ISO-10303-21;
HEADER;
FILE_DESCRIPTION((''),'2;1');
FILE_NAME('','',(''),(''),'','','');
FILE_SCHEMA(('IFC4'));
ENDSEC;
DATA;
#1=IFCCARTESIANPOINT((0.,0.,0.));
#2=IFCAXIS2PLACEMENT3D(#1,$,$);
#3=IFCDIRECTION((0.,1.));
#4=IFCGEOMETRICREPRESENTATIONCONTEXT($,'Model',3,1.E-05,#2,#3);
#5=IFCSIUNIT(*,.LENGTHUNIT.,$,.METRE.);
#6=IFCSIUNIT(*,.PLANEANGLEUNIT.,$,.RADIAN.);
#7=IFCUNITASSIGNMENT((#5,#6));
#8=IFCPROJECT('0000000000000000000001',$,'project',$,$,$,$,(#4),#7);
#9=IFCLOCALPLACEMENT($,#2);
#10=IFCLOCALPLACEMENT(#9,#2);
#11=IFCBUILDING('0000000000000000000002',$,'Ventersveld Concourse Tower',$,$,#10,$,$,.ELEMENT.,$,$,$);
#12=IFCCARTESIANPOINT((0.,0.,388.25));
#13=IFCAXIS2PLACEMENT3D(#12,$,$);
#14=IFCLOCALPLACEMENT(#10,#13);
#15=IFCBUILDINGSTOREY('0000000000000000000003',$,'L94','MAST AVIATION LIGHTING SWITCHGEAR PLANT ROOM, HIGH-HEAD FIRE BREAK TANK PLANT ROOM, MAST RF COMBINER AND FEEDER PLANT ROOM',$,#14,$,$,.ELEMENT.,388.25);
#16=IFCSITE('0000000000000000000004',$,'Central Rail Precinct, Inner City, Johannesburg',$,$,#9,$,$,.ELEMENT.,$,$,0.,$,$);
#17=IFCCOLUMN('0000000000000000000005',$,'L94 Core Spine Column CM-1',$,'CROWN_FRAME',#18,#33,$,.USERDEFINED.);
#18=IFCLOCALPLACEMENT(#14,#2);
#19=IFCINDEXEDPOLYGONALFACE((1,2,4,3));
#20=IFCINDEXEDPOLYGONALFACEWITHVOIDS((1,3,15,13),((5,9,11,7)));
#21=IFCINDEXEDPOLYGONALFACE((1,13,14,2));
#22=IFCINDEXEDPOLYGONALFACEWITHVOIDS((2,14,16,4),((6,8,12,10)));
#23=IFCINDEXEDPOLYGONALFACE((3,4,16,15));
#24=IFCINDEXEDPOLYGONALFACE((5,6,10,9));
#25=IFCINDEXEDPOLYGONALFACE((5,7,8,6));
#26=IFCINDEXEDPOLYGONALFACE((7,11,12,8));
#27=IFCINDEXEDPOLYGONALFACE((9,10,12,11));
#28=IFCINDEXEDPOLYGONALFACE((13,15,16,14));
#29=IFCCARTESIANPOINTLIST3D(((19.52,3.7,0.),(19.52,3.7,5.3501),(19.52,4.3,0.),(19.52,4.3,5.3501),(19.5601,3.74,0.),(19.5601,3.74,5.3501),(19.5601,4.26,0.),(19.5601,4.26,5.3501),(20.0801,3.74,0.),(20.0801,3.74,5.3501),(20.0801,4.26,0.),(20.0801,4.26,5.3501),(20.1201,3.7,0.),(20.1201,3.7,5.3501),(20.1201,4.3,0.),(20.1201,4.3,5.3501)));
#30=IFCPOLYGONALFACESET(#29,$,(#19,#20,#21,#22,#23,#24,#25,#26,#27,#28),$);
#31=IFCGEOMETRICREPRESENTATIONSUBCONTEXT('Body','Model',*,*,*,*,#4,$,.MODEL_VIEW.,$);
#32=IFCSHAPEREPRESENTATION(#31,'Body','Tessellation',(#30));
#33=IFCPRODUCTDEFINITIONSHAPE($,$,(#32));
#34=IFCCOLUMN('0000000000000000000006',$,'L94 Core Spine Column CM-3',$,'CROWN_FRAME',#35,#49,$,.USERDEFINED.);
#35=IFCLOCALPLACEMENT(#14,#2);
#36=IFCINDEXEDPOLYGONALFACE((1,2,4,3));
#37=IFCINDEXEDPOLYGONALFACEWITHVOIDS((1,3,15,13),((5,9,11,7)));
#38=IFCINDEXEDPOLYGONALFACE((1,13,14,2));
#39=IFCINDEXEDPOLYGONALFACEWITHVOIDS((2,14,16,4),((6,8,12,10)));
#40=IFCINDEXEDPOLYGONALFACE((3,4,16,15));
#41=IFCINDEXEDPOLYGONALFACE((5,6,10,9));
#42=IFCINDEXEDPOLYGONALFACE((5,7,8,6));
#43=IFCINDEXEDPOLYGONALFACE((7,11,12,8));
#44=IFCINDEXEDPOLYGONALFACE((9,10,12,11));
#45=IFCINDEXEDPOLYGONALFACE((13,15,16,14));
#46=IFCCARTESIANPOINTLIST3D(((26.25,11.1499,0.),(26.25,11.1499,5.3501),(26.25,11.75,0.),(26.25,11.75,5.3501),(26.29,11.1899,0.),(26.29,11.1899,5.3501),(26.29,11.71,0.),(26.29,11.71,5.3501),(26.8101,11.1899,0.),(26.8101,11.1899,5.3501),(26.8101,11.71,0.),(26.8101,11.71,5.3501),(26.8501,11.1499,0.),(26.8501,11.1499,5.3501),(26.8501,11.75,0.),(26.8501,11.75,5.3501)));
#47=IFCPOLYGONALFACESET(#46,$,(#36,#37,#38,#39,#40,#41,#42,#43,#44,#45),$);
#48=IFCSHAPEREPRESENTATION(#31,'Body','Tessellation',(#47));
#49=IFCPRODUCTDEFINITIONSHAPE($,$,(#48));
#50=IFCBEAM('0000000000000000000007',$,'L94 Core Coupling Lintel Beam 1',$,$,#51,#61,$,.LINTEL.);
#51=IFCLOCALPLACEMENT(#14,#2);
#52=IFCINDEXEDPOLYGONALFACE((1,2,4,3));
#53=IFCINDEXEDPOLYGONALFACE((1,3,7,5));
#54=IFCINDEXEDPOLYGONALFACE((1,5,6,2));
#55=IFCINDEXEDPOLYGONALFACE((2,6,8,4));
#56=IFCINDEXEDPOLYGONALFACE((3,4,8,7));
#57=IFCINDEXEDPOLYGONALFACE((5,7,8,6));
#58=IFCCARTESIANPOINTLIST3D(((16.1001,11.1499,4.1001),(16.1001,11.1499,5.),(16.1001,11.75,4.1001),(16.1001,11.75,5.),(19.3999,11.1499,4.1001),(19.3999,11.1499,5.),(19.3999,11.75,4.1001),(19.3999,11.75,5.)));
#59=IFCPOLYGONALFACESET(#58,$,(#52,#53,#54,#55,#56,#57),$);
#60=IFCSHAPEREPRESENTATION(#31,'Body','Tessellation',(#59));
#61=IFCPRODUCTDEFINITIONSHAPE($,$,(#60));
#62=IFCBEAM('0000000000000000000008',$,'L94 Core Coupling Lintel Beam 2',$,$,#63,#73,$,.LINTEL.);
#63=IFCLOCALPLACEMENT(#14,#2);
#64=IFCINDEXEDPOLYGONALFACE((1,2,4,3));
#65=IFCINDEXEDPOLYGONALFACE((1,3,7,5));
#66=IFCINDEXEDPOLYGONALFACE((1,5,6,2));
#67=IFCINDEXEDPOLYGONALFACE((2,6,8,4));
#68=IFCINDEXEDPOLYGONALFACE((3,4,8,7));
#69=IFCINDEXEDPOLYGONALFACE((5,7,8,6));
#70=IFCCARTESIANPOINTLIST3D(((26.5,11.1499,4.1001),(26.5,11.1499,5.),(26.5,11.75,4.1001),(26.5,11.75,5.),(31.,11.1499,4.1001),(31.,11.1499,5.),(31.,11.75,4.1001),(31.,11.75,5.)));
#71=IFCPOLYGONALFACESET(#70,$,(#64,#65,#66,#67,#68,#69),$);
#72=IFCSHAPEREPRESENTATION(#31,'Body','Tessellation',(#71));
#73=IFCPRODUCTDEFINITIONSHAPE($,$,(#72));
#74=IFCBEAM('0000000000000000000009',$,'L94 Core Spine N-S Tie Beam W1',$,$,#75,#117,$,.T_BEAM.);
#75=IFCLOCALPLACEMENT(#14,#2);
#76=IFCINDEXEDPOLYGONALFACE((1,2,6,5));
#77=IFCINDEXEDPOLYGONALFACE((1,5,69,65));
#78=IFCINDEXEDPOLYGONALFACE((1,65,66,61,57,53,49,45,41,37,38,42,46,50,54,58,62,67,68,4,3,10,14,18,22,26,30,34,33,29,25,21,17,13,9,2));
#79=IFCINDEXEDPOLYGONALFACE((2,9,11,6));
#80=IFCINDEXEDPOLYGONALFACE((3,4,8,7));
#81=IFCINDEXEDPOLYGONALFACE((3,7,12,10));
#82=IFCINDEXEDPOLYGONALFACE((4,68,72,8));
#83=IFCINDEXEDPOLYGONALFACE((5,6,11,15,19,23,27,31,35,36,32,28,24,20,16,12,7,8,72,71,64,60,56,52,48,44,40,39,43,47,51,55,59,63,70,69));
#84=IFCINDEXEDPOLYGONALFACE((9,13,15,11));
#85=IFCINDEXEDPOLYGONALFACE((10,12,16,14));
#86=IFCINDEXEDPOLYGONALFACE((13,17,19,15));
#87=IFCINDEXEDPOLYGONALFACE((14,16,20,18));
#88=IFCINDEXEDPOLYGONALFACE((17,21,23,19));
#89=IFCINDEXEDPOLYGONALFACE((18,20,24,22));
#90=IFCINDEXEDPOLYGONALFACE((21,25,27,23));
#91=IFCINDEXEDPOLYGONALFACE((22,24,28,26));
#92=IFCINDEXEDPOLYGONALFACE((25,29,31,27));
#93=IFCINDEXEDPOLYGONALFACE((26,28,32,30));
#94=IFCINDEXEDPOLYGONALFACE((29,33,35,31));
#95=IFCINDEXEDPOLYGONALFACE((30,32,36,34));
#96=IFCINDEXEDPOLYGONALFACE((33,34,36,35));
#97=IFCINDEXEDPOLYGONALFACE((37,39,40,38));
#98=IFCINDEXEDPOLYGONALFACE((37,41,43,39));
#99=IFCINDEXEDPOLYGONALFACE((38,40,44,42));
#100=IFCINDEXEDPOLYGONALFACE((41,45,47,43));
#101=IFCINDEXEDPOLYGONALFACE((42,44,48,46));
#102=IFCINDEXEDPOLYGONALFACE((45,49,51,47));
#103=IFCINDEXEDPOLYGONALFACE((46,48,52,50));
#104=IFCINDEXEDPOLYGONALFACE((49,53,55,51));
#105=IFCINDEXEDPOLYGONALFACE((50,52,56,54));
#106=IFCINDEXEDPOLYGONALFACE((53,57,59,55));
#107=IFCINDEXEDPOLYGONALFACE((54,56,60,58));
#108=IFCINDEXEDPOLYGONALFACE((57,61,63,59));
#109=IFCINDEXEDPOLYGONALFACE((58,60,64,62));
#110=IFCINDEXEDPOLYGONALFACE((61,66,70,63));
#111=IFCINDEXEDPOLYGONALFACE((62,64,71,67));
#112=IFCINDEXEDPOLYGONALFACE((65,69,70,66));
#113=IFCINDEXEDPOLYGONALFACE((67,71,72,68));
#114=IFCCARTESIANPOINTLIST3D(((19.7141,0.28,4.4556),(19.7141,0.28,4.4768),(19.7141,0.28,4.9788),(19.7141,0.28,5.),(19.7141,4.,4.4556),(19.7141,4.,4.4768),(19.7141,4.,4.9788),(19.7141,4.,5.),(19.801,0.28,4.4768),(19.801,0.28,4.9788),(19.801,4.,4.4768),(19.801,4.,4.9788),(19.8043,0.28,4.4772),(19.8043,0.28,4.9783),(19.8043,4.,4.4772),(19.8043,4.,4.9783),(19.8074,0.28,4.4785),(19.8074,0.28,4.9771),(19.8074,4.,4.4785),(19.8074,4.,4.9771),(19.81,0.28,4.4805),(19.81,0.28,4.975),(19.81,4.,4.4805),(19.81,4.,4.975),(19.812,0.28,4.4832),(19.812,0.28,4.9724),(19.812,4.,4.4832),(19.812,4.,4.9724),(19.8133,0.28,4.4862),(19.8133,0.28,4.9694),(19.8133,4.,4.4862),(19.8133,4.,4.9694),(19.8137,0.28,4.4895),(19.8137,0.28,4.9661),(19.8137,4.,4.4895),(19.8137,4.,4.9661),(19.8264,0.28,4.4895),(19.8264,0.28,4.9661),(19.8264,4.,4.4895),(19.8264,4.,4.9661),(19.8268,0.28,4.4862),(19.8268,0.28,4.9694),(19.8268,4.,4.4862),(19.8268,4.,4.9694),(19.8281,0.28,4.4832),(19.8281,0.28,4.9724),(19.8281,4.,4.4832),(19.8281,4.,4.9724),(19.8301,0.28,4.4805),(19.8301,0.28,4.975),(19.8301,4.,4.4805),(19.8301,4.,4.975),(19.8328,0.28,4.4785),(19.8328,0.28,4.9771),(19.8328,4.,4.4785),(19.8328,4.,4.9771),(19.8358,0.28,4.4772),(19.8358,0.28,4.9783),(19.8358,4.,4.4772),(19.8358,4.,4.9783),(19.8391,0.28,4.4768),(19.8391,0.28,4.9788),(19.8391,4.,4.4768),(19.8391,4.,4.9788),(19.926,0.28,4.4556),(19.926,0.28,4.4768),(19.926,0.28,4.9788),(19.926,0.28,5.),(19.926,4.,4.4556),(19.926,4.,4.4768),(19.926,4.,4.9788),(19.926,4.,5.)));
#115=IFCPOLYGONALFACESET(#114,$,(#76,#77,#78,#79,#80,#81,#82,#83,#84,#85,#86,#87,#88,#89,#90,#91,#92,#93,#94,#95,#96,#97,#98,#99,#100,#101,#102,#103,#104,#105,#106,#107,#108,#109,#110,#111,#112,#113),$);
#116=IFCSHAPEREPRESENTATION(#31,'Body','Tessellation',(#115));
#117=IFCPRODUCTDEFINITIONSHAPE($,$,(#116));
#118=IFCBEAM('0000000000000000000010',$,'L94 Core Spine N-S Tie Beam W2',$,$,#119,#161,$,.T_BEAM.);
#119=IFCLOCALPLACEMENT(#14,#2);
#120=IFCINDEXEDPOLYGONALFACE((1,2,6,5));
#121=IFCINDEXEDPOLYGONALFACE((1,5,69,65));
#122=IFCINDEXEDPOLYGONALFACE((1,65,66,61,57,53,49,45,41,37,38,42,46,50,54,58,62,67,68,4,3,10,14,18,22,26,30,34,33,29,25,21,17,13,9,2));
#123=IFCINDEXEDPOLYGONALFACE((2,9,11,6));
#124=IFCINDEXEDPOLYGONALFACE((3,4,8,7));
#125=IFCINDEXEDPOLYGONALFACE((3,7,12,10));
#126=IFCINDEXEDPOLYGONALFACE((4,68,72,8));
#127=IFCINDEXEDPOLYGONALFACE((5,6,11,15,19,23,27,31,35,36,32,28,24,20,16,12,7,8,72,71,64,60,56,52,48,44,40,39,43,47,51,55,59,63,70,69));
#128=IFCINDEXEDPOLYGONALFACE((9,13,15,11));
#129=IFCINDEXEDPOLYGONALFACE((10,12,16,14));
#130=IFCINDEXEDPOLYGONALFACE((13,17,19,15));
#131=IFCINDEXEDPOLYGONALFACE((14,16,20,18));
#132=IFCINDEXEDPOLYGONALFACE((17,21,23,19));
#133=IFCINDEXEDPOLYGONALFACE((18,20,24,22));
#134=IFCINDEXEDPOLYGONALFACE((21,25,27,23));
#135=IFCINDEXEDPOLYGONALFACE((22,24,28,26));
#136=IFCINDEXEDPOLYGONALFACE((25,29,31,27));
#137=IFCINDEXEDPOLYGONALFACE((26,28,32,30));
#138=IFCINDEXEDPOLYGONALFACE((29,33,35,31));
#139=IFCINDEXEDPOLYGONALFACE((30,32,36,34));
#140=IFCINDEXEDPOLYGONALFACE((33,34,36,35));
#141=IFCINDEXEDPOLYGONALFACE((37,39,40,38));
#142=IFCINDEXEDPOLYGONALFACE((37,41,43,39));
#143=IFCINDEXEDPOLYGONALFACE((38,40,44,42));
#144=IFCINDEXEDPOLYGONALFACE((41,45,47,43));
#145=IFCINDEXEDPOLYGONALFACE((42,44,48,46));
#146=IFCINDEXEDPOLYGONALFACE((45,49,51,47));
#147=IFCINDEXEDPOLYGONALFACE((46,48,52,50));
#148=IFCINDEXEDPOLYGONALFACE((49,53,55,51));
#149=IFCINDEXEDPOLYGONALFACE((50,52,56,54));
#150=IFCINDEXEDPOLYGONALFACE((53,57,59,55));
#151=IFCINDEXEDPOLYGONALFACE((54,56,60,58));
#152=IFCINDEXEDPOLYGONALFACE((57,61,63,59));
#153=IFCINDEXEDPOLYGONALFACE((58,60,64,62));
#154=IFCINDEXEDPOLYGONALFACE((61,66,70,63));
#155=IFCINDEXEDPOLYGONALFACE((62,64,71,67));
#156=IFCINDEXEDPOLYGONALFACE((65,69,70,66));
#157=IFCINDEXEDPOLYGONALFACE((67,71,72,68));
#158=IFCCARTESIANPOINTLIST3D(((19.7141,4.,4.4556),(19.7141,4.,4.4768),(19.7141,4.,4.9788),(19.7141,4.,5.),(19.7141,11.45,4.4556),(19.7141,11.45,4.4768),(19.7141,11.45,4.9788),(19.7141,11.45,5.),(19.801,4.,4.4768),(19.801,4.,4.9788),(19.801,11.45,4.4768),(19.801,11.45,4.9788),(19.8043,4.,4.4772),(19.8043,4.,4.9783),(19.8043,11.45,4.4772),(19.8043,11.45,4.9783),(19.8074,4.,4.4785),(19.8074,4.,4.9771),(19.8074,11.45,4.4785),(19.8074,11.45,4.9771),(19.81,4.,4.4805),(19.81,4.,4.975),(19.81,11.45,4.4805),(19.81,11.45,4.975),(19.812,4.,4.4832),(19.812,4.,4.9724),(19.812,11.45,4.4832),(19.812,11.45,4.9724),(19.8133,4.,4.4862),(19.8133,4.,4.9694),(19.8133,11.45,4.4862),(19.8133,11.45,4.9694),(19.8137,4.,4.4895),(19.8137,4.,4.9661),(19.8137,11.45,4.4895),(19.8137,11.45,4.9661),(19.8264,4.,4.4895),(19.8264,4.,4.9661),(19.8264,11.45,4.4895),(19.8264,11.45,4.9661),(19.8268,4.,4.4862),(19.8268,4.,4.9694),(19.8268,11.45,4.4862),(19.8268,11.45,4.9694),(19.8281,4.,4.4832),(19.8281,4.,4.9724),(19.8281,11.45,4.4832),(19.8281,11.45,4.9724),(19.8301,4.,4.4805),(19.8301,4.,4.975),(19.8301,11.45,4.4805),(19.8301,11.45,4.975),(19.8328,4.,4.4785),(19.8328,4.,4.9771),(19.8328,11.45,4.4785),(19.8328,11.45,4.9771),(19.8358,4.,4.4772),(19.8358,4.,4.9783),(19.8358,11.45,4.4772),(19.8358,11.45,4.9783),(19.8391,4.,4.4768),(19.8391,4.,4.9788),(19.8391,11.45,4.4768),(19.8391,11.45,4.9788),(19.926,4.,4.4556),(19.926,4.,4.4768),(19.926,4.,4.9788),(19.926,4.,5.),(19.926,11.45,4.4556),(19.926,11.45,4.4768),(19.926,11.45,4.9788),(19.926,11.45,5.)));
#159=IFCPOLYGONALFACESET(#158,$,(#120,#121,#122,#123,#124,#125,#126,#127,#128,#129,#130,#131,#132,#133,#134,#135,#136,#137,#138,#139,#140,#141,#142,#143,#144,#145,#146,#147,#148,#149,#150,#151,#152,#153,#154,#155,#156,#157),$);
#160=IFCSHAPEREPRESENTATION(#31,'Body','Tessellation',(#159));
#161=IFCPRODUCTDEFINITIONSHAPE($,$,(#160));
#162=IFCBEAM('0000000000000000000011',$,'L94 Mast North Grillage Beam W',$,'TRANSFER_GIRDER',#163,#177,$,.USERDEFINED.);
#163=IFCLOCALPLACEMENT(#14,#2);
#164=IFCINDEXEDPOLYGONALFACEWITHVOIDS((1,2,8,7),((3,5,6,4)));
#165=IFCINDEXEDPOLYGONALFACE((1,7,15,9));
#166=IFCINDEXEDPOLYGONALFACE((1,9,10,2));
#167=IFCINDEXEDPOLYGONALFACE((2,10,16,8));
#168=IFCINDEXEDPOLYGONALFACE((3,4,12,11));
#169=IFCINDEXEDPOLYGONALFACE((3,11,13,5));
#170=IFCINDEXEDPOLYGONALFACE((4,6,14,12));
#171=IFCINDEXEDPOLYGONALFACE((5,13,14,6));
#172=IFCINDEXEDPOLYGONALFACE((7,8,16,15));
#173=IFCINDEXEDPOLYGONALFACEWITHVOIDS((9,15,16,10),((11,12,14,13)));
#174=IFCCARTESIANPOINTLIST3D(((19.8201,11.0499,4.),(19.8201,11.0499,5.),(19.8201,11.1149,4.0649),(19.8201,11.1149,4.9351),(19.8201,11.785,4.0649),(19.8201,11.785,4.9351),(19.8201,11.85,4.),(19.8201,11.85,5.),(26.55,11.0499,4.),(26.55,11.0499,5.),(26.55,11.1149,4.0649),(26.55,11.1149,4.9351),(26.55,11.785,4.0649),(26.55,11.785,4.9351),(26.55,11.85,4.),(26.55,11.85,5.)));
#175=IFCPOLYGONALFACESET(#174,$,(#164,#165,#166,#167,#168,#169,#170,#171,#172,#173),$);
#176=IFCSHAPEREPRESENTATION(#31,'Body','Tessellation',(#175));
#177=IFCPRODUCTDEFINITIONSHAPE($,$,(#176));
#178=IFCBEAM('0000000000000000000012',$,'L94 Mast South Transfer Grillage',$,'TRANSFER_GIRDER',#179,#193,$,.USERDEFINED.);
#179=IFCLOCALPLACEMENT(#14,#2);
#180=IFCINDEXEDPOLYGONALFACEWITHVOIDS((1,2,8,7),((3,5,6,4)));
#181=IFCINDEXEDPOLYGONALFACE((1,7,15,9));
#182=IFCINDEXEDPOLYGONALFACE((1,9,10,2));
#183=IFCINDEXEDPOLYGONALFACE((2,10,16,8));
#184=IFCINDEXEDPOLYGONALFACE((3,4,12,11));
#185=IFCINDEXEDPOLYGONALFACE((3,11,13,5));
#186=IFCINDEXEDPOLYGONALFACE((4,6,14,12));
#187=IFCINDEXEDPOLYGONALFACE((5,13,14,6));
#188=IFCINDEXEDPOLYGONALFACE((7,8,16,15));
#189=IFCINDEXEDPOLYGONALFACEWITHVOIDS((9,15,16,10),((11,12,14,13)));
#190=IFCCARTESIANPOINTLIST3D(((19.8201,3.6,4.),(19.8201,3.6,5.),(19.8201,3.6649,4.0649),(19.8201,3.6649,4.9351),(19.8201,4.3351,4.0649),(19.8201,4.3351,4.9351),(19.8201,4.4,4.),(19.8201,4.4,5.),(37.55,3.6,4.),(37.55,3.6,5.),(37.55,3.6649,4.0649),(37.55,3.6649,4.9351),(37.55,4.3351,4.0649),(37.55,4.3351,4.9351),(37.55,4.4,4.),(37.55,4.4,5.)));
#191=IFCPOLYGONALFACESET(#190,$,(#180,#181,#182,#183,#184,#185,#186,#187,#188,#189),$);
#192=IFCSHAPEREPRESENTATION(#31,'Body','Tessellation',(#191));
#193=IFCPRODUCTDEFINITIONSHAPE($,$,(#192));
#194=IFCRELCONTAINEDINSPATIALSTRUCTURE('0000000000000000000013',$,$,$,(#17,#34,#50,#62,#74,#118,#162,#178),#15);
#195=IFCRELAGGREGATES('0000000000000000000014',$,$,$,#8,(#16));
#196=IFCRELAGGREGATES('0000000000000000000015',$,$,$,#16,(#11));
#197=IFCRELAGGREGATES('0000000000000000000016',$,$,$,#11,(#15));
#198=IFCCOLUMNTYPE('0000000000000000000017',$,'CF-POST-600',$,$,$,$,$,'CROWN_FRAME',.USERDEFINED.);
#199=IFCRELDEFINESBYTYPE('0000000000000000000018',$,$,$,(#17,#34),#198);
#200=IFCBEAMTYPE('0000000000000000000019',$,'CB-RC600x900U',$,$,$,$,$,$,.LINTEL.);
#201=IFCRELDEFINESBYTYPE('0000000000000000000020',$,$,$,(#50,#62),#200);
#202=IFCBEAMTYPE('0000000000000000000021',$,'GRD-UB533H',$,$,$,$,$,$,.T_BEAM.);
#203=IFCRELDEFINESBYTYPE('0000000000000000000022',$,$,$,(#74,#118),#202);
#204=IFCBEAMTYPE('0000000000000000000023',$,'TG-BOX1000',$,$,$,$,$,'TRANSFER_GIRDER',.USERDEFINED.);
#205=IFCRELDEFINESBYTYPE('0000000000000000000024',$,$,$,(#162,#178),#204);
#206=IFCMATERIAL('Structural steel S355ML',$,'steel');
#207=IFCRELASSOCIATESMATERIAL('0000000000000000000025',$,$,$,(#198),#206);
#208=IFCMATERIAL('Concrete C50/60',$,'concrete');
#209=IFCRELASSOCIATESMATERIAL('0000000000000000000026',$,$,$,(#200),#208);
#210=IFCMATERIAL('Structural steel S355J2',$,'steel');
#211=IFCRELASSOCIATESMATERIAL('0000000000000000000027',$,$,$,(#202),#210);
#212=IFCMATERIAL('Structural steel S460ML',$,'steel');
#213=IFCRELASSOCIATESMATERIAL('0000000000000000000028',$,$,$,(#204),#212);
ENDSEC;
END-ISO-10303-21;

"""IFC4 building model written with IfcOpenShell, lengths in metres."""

from ifc_helpers import new_model, si_unit, direction, frame, origin, origin_2d, place, context, subcontext, project, spatial, rectangle, hollow_rectangle, i_section, extrude, material, material_profile, profile_set, type_object, element, save


model = new_model("IFC4")

# Units and contexts
model_context = context("Model", 3, precision=1e-05, world=origin(), true_north=direction((0.0, 1.0)))
body_context = subcontext(model_context, "Body", "Model", "MODEL_VIEW")
ifc_project = project(units=[si_unit("LENGTHUNIT", "METRE"), si_unit("PLANEANGLEUNIT", "RADIAN")], contexts=[model_context])

# Site, building, storey
site_placement = place(None, origin())
site = spatial("IfcSite", under=ifc_project, at=site_placement, Name="Central Rail Precinct, Inner City, Johannesburg", CompositionType="ELEMENT", RefElevation=0.0)
building_placement = place(site_placement, origin())
building = spatial("IfcBuilding", under=site, at=building_placement, Name="Ventersveld Concourse Tower", CompositionType="ELEMENT")
storey_placement = place(building_placement, frame((0.0, 0.0, 388.25)))
storey = spatial("IfcBuildingStorey", under=building, at=storey_placement, Name="L94", Description="MAST AVIATION LIGHTING SWITCHGEAR PLANT ROOM, HIGH-HEAD FIRE BREAK TANK PLANT ROOM, MAST RF COMBINER AND FEEDER PLANT ROOM", CompositionType="ELEMENT", Elevation=388.25)

# Columns
ifc_material_1 = material(Name="Structural steel S355ML", Category="steel")
ifc_material_profile_1 = material_profile(ifc_material_1, hollow_rectangle(XDim=0.6001, YDim=0.6001, WallThickness=0.04, at=origin_2d()), Name="BOX 600x600x40")
ifc_profile_set_1 = profile_set([ifc_material_profile_1], Name="Structural steel S355ML")
column_type = type_object("IfcColumnType", Name="CF-POST-600", ElementType="CROWN_FRAME", PredefinedType="USERDEFINED", material=ifc_profile_set_1)
for number, where, z_axis, x_axis, name in (
    (1, (19.8201, 4.0, 0.0), (0.0, 0.0, 1.0), (1.0, 0.0, 0.0), "L94 Core Spine Column CM-1"),
    (2, (26.55, 11.45, 0.0), (0.0, 0.0, 1.0), (1.0, 0.0, 0.0), "L94 Core Spine Column CM-3"),
):
    element("IfcColumn", number, at=place(storey_placement, frame(where, z_axis=z_axis, x_axis=x_axis)), inside=storey, type_object=column_type, Name=name, ObjectType="CROWN_FRAME", PredefinedType="USERDEFINED", context=body_context, shape_type="SweptSolid", body=[
        extrude(hollow_rectangle(XDim=0.6001, YDim=0.6001, WallThickness=0.04, at=origin_2d()), origin(), (0.0, 0.0, 1.0), 5.3501),
    ])

# Beams
ifc_material_2 = material(Name="Concrete C50/60", Category="concrete")
ifc_material_profile_2 = material_profile(ifc_material_2, rectangle(XDim=0.6001, YDim=0.8999, at=origin_2d()), Name="RC 600x900")
ifc_profile_set_2 = profile_set([ifc_material_profile_2], Name="Concrete C50/60")
beam_type_1 = type_object("IfcBeamType", Name="CB-RC600x900U", PredefinedType="LINTEL", material=ifc_profile_set_2)
beam_1_placement = place(storey_placement, frame((16.1001, 11.45, 4.55), z_axis=(1.0, 0.0, 0.0), x_axis=(0.0, 1.0, 0.0)))
element("IfcBeam", 3, at=beam_1_placement, inside=storey, type_object=beam_type_1, Name="L94 Core Coupling Lintel Beam 1", PredefinedType="LINTEL", context=body_context, shape_type="SweptSolid", body=[
    extrude(rectangle(XDim=0.6001, YDim=0.8999, at=origin_2d()), origin(), (0.0, 0.0, 1.0), 3.2998),
])
beam_2_placement = place(storey_placement, frame((26.5, 11.45, 4.55), z_axis=(1.0, 0.0, 0.0), x_axis=(0.0, 1.0, 0.0)))
element("IfcBeam", 4, at=beam_2_placement, inside=storey, type_object=beam_type_1, Name="L94 Core Coupling Lintel Beam 2", PredefinedType="LINTEL", context=body_context, shape_type="SweptSolid", body=[
    extrude(rectangle(XDim=0.6001, YDim=0.8999, at=origin_2d()), origin(), (0.0, 0.0, 1.0), 4.5),
])
ifc_material_3 = material(Name="Structural steel S355J2", Category="steel")
ifc_material_profile_3 = material_profile(ifc_material_3, i_section(OverallWidth=0.2119, OverallDepth=0.5444, WebThickness=0.0127, FlangeThickness=0.0212, FilletRadius=0.0127, at=origin_2d()), Name="UB 533x210x122")
ifc_profile_set_3 = profile_set([ifc_material_profile_3], Name="Structural steel S355J2")
beam_type_2 = type_object("IfcBeamType", Name="GRD-UB533H", PredefinedType="T_BEAM", material=ifc_profile_set_3)
beam_3_placement = place(storey_placement, frame((19.8201, 0.28, 4.7278), z_axis=(0.0, 1.0, 0.0), x_axis=(-1.0, 0.0, 0.0)))
element("IfcBeam", 5, at=beam_3_placement, inside=storey, type_object=beam_type_2, Name="L94 Core Spine N-S Tie Beam W1", PredefinedType="T_BEAM", context=body_context, shape_type="SweptSolid", body=[
    extrude(i_section(OverallWidth=0.2119, OverallDepth=0.5444, WebThickness=0.0127, FlangeThickness=0.0212, FilletRadius=0.0127, at=origin_2d()), origin(), (0.0, 0.0, 1.0), 3.72),
])
beam_4_placement = place(storey_placement, frame((19.8201, 4.0, 4.7278), z_axis=(0.0, 1.0, 0.0), x_axis=(-1.0, 0.0, 0.0)))
element("IfcBeam", 6, at=beam_4_placement, inside=storey, type_object=beam_type_2, Name="L94 Core Spine N-S Tie Beam W2", PredefinedType="T_BEAM", context=body_context, shape_type="SweptSolid", body=[
    extrude(i_section(OverallWidth=0.2119, OverallDepth=0.5444, WebThickness=0.0127, FlangeThickness=0.0212, FilletRadius=0.0127, at=origin_2d()), origin(), (0.0, 0.0, 1.0), 7.45),
])
ifc_material_4 = material(Name="Structural steel S460ML", Category="steel")
ifc_material_profile_4 = material_profile(ifc_material_4, hollow_rectangle(XDim=0.8, YDim=1.0, WallThickness=0.0649, at=origin_2d()), Name="BOX 1000x800x65")
ifc_profile_set_4 = profile_set([ifc_material_profile_4], Name="Structural steel S460ML")
beam_type_3 = type_object("IfcBeamType", Name="TG-BOX1000", ElementType="TRANSFER_GIRDER", PredefinedType="USERDEFINED", material=ifc_profile_set_4)
beam_5_placement = place(storey_placement, frame((19.8201, 11.45, 4.5), z_axis=(1.0, 0.0, 0.0), x_axis=(0.0, 1.0, 0.0)))
element("IfcBeam", 7, at=beam_5_placement, inside=storey, type_object=beam_type_3, Name="L94 Mast North Grillage Beam W", ObjectType="TRANSFER_GIRDER", PredefinedType="USERDEFINED", context=body_context, shape_type="SweptSolid", body=[
    extrude(hollow_rectangle(XDim=0.8, YDim=1.0, WallThickness=0.0649, at=origin_2d()), origin(), (0.0, 0.0, 1.0), 6.73),
])
beam_6_placement = place(storey_placement, frame((19.8201, 4.0, 4.5), z_axis=(1.0, 0.0, 0.0), x_axis=(0.0, 1.0, 0.0)))
element("IfcBeam", 8, at=beam_6_placement, inside=storey, type_object=beam_type_3, Name="L94 Mast South Transfer Grillage", ObjectType="TRANSFER_GIRDER", PredefinedType="USERDEFINED", context=body_context, shape_type="SweptSolid", body=[
    extrude(hollow_rectangle(XDim=0.8, YDim=1.0, WallThickness=0.0649, at=origin_2d()), origin(), (0.0, 0.0, 1.0), 17.73),
])

save(model, "model.ifc")
